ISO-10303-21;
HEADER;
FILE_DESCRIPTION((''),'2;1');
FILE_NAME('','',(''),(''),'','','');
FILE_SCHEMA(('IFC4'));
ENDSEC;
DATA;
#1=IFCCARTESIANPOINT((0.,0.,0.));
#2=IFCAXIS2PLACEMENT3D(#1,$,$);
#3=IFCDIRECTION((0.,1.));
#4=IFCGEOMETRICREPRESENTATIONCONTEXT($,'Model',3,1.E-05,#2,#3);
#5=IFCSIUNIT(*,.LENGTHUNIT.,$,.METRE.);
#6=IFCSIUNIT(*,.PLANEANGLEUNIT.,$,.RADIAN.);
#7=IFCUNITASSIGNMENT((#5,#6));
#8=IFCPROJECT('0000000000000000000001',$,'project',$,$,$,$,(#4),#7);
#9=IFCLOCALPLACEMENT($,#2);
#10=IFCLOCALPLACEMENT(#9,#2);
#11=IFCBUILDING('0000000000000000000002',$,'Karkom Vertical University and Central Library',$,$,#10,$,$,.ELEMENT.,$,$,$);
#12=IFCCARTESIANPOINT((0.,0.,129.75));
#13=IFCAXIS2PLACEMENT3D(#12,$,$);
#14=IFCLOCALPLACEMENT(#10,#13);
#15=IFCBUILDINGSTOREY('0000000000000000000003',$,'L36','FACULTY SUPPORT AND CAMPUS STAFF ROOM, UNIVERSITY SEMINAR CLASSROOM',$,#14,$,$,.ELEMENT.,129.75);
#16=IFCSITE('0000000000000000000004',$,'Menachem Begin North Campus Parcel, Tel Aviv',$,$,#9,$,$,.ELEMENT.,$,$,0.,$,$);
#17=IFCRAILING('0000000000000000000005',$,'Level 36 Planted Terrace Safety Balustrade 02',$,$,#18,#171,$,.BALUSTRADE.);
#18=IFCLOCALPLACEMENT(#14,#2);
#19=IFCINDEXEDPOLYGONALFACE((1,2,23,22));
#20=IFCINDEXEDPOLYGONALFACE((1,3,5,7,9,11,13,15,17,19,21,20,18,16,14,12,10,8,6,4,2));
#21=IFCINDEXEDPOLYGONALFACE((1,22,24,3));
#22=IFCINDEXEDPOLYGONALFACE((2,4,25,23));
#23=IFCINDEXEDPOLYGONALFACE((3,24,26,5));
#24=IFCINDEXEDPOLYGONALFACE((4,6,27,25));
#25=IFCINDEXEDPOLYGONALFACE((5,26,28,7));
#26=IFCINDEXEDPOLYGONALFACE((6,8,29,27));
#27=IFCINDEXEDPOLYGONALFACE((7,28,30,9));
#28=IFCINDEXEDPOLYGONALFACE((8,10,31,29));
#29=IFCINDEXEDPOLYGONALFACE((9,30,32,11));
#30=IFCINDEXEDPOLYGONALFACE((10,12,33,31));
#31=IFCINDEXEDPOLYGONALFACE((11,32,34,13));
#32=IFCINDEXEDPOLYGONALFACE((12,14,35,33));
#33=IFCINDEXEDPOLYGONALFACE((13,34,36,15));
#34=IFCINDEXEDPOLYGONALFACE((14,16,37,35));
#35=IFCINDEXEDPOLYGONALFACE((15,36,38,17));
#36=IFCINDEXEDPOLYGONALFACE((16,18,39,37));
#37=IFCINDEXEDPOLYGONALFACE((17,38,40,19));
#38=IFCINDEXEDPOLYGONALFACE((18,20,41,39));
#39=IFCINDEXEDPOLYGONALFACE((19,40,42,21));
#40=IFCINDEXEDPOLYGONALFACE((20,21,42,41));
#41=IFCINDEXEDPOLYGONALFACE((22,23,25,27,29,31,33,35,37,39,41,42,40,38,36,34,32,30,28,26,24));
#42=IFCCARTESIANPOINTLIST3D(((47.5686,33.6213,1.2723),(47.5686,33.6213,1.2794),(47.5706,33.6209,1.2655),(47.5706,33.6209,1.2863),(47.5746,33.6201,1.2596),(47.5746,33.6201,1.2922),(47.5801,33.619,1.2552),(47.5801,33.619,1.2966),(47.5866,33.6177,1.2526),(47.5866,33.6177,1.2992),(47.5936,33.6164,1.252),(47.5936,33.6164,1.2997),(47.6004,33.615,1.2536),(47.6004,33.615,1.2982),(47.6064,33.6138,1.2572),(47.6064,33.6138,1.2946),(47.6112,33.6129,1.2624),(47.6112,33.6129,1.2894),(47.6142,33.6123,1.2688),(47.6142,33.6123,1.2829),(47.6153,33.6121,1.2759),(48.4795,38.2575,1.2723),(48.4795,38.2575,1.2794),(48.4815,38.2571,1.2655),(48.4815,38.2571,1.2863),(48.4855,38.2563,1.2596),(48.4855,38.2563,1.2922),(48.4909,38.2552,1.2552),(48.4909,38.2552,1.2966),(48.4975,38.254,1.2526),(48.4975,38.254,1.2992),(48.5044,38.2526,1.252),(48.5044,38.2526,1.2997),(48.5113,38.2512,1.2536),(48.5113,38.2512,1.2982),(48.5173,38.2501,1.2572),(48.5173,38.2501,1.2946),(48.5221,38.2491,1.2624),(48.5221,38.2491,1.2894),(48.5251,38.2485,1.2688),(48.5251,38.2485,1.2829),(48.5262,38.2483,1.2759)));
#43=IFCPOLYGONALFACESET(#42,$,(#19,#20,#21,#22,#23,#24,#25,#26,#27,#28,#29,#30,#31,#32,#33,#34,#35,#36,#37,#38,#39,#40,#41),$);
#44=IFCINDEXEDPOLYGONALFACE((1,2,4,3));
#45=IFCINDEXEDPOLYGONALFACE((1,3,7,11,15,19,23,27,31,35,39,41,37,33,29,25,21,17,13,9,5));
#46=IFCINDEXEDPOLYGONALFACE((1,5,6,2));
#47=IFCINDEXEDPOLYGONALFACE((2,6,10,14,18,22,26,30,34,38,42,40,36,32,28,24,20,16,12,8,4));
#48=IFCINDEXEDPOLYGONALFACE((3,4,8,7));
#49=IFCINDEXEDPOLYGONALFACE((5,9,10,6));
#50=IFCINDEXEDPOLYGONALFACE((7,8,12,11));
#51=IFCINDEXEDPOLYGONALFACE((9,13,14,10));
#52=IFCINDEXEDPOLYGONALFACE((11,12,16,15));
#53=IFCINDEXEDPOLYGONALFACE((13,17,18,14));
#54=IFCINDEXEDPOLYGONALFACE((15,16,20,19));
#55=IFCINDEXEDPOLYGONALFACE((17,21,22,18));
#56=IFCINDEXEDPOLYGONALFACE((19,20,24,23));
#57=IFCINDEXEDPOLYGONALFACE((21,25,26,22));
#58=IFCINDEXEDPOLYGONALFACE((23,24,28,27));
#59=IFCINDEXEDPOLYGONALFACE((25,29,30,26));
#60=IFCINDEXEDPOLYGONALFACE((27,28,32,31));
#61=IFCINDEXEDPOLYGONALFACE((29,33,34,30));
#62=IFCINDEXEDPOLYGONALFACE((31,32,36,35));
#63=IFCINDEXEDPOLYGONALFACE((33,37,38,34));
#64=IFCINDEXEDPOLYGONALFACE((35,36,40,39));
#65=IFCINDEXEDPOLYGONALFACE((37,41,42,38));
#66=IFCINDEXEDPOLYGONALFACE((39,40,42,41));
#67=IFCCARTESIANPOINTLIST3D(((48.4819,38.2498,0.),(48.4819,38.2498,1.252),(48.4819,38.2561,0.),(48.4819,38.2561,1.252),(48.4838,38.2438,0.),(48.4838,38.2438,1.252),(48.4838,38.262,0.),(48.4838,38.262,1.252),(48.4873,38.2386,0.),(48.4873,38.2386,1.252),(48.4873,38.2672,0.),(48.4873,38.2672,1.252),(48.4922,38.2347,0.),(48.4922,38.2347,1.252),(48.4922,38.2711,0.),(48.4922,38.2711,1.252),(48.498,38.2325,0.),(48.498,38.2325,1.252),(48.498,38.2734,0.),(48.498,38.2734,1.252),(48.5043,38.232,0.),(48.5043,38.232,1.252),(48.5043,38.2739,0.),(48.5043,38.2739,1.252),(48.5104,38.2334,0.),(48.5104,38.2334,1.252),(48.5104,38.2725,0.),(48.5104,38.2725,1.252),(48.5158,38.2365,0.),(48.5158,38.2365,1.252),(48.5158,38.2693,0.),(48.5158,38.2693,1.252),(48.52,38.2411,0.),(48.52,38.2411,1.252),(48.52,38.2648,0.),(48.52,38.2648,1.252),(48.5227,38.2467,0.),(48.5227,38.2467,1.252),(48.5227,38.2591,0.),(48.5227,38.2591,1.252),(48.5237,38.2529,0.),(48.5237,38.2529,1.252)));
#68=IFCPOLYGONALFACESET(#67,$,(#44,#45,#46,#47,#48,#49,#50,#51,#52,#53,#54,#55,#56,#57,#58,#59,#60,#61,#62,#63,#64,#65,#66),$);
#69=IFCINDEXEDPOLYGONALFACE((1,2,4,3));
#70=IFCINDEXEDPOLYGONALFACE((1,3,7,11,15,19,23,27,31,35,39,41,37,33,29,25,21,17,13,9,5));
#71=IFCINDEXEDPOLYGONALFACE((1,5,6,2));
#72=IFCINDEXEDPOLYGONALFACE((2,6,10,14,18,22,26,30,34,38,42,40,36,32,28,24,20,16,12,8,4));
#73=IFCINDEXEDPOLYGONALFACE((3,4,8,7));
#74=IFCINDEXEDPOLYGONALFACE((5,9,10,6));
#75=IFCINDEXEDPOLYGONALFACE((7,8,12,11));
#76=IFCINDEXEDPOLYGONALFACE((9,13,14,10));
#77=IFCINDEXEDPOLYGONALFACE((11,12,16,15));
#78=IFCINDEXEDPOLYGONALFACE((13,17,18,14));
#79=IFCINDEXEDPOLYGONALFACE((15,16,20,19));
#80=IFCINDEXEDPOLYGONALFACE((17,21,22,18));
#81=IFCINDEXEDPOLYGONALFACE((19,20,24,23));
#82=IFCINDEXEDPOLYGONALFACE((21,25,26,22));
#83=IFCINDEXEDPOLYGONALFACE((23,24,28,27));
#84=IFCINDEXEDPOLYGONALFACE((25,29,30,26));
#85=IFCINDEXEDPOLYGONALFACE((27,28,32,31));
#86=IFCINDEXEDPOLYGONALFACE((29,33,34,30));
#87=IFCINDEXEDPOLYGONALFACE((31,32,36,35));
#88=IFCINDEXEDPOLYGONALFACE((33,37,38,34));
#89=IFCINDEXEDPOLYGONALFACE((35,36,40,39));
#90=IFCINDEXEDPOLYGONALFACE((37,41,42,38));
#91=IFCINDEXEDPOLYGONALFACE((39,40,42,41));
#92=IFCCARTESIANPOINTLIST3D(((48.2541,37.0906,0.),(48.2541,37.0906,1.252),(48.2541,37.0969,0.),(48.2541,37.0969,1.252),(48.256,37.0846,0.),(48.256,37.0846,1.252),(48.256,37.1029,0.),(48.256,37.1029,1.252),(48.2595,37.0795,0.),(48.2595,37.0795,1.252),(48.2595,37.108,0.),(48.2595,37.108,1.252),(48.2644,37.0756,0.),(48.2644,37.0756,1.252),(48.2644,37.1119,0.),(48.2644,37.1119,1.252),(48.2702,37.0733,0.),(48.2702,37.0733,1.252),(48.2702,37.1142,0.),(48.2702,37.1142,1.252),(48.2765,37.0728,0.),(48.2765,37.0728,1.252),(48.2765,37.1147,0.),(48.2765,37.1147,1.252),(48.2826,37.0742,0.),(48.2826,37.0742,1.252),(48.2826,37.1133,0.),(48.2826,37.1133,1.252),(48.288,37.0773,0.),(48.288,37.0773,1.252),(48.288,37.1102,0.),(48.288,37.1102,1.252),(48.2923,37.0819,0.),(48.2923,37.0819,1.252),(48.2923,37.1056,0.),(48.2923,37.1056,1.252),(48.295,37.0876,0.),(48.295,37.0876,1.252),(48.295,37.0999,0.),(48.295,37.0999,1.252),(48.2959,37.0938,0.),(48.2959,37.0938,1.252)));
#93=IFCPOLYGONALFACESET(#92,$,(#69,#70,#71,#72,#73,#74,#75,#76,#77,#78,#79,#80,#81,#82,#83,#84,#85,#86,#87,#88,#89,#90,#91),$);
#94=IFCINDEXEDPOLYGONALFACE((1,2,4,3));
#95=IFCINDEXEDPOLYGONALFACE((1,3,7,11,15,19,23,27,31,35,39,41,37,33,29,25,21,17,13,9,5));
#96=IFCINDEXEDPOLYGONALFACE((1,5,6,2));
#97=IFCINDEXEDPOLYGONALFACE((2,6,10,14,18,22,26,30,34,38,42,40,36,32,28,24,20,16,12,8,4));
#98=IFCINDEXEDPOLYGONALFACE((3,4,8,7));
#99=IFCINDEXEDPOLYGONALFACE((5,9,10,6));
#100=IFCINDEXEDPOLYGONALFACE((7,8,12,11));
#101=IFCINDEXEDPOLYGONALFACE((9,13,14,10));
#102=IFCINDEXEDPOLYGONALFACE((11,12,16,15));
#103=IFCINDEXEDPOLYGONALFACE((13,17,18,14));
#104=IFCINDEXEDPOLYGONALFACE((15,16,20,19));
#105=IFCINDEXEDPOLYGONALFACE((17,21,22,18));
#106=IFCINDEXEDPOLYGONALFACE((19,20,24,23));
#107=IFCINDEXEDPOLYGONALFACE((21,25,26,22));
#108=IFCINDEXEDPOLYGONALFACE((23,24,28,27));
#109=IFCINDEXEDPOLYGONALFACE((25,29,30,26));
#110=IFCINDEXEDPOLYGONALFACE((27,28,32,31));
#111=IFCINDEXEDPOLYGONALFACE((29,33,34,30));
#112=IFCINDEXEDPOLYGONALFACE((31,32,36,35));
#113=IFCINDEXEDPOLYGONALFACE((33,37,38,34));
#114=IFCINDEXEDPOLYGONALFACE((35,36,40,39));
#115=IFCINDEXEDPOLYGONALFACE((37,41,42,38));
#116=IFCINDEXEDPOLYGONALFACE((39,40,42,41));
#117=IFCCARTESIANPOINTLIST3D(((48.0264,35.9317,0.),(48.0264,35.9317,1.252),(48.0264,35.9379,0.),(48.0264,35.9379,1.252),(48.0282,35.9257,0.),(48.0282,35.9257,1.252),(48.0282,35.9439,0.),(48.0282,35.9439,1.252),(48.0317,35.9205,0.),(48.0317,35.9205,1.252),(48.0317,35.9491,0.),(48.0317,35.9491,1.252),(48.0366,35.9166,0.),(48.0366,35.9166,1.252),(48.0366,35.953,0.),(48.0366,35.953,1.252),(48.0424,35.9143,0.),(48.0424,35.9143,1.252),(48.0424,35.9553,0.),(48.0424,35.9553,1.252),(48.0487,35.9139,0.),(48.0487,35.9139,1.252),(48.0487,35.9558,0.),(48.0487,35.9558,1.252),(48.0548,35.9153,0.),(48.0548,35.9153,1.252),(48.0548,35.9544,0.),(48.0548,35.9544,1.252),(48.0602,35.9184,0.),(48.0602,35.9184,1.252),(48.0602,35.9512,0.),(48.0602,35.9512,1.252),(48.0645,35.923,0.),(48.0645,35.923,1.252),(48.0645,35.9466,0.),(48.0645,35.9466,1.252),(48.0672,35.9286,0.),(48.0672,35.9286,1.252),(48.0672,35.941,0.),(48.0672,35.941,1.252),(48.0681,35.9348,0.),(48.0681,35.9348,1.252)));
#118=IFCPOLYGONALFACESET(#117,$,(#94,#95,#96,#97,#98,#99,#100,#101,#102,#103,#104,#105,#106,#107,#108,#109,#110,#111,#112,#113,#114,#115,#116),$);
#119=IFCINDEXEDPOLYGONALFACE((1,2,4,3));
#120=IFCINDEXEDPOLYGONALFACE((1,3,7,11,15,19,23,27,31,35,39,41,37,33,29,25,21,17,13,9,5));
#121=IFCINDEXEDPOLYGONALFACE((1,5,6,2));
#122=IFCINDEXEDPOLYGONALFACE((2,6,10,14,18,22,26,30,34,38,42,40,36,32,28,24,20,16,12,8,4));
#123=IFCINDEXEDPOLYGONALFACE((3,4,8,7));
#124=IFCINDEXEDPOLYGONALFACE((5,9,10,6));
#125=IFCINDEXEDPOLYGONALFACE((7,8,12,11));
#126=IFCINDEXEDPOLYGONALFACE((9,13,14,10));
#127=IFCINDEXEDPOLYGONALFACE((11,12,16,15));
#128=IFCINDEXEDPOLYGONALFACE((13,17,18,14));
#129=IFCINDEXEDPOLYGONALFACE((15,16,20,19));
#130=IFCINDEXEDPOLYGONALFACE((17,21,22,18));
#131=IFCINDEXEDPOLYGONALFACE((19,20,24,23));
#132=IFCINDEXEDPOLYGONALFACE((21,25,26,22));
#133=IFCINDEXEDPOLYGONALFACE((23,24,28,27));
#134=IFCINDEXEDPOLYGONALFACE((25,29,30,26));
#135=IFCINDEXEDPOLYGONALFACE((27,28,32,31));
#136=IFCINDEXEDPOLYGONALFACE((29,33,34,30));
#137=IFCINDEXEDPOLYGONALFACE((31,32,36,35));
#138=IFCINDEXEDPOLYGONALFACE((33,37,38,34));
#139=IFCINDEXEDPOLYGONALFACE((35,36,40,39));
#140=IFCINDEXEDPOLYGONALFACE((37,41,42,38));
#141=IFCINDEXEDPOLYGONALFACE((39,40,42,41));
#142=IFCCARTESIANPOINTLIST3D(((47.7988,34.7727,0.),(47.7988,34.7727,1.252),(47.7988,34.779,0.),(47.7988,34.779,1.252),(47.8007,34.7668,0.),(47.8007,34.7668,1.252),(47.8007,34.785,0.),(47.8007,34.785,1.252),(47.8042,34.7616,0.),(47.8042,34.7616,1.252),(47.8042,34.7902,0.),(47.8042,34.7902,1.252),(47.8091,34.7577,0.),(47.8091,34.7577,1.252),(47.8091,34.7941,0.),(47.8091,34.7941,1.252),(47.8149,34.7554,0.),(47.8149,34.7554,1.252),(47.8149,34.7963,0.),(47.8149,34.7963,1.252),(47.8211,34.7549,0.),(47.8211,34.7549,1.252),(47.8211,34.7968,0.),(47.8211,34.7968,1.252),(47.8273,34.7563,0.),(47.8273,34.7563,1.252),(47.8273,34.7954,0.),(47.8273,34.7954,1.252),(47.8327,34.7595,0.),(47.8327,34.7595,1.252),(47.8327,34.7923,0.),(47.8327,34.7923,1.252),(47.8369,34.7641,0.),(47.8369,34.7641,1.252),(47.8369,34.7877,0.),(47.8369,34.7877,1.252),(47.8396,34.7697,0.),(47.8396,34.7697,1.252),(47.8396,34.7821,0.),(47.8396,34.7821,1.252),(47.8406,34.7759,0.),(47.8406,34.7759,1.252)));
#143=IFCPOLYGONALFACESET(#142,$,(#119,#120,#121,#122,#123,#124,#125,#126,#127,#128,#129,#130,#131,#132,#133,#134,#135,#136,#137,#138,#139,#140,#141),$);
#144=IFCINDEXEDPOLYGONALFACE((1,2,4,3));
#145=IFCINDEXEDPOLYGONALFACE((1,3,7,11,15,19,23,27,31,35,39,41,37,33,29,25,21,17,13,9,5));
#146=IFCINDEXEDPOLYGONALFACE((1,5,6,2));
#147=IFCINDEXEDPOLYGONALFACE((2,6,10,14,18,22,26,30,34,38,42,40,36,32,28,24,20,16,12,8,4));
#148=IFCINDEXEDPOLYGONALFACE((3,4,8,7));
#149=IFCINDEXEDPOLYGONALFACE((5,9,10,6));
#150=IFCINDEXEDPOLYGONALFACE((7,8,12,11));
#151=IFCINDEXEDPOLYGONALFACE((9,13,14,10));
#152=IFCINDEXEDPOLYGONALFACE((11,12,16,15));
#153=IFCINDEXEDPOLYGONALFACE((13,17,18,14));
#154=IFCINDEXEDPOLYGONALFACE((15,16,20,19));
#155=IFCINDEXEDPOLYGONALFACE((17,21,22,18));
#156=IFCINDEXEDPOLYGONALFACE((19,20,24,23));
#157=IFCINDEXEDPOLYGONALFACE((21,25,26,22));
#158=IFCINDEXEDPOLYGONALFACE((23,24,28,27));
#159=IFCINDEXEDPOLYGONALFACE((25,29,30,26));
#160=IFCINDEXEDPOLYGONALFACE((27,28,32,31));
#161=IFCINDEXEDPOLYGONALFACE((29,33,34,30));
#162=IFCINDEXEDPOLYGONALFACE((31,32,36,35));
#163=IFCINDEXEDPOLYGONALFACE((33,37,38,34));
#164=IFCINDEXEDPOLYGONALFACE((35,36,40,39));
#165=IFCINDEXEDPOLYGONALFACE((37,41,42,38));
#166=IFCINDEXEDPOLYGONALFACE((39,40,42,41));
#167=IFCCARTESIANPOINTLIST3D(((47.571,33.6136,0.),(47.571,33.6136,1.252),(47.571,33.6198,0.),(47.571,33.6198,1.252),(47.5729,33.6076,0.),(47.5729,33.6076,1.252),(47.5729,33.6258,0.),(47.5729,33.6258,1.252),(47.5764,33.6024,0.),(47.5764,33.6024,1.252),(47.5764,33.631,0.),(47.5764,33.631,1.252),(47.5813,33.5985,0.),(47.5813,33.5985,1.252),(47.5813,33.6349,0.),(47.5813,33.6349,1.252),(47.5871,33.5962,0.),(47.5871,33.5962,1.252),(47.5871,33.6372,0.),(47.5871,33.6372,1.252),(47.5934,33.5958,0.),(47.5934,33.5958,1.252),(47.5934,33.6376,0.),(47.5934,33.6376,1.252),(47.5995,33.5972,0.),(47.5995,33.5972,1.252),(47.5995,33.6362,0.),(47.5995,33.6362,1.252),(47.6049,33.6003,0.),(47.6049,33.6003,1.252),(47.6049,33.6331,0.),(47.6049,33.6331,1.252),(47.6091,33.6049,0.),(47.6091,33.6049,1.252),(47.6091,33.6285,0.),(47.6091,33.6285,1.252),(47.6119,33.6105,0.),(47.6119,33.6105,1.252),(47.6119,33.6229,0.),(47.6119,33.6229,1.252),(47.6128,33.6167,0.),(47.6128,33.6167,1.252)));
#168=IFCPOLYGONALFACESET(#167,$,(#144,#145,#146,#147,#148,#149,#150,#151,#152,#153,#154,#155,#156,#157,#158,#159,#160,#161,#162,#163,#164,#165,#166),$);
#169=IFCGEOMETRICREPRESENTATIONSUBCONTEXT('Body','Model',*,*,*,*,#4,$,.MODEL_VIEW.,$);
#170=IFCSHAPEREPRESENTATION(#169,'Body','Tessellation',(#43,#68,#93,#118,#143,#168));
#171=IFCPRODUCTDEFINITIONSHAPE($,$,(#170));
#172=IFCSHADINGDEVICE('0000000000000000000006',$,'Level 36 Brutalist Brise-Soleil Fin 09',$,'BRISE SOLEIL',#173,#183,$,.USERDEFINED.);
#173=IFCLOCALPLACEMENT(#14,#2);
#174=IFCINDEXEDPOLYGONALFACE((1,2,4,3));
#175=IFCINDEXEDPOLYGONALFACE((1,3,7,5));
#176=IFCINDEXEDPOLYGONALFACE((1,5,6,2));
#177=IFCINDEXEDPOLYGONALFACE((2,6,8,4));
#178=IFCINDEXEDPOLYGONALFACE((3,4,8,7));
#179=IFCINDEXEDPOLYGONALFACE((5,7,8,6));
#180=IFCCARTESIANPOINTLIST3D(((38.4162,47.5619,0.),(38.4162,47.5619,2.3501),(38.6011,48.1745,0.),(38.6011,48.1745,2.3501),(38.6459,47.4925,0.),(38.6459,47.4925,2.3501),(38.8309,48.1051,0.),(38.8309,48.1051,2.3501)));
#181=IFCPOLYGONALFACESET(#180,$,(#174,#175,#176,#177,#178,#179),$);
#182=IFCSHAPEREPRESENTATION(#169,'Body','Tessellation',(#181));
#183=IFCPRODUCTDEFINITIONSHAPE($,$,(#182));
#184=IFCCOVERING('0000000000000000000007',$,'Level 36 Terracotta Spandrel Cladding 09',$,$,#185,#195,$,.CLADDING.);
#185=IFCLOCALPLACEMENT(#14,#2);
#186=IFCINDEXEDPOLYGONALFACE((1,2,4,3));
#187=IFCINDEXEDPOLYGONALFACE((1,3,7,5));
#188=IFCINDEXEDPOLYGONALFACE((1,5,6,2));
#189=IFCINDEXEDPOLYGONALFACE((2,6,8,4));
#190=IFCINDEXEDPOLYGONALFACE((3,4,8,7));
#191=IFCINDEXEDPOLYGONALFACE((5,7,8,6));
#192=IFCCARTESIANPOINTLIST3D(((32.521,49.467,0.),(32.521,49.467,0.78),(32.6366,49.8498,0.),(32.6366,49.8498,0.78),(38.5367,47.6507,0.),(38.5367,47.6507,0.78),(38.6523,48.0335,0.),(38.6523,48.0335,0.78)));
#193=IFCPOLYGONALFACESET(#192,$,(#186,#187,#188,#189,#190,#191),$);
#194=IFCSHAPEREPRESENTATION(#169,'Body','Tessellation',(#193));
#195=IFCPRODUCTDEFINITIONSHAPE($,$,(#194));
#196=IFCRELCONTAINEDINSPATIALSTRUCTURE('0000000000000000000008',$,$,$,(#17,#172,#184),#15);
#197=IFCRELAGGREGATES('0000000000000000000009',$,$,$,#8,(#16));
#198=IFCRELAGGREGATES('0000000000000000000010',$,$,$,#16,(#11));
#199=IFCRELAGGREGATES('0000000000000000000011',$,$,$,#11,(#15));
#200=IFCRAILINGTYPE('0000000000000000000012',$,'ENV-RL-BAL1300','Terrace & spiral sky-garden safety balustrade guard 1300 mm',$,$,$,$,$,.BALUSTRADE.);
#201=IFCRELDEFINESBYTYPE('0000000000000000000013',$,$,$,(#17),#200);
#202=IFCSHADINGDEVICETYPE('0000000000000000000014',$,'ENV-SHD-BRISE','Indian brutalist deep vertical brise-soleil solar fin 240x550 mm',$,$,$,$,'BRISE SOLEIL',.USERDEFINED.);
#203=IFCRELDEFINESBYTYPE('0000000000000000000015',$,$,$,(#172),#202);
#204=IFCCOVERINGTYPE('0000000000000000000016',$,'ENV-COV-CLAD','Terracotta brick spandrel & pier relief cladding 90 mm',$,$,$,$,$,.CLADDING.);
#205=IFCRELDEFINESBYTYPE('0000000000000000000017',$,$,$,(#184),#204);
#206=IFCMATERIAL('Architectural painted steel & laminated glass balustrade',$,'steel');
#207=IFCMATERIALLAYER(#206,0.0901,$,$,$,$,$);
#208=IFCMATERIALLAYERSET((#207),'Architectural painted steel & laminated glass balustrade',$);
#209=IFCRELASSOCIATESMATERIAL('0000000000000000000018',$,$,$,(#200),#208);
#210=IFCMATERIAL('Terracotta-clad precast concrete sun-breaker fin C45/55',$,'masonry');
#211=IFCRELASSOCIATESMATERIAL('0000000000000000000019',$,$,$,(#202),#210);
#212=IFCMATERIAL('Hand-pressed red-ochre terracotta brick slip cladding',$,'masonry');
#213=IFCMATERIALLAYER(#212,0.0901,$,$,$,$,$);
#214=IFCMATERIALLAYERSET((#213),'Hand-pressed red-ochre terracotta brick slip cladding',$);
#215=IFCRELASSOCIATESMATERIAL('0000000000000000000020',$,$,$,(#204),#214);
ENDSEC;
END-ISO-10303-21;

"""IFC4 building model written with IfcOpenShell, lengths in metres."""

from ifc_helpers import new_model, si_unit, direction, frame, origin, origin_with_axes, origin_2d, place, context, subcontext, project, spatial, rectangle, circle, extrude, source, transform, mapped, material, layer, layer_set, type_object, element, save


model = new_model("IFC4")

# Units and contexts
model_context = context("Model", 3, precision=1e-05, world=origin(), true_north=direction((0.0, 1.0)))
body_context = subcontext(model_context, "Body", "Model", "MODEL_VIEW")
ifc_project = project(units=[si_unit("LENGTHUNIT", "METRE"), si_unit("PLANEANGLEUNIT", "RADIAN")], contexts=[model_context])

# Site, building, storey
site_placement = place(None, origin())
site = spatial("IfcSite", under=ifc_project, at=site_placement, Name="Menachem Begin North Campus Parcel, Tel Aviv", CompositionType="ELEMENT", RefElevation=0.0)
building_placement = place(site_placement, origin())
building = spatial("IfcBuilding", under=site, at=building_placement, Name="Karkom Vertical University and Central Library", CompositionType="ELEMENT")
storey_placement = place(building_placement, frame((0.0, 0.0, 129.75)))
storey = spatial("IfcBuildingStorey", under=building, at=storey_placement, Name="L36", Description="FACULTY SUPPORT AND CAMPUS STAFF ROOM, UNIVERSITY SEMINAR CLASSROOM", CompositionType="ELEMENT", Elevation=129.75)

# Railing
ifc_material_1 = material(Name="Architectural painted steel & laminated glass balustrade", Category="steel")
ifc_layer_1 = layer(ifc_material_1, 0.0901)
ifc_layer_set_1 = layer_set([ifc_layer_1], Name="Architectural painted steel & laminated glass balustrade")
railing_type = type_object("IfcRailingType", Name="ENV-RL-BAL1300", Description="Terrace & spiral sky-garden safety balustrade guard 1300 mm", PredefinedType="BALUSTRADE", material=ifc_layer_set_1)
railing_1_placement = place(storey_placement, frame((48.5027, 38.2529, 0.0)))
element("IfcRailing", 1, at=railing_1_placement, inside=storey, type_object=railing_type, Name="Level 36 Planted Terrace Safety Balustrade 02", PredefinedType="BALUSTRADE", context=body_context, shape_type="SweptSolid", body=[
    extrude(circle(Radius=0.0239, at=origin_2d()), frame((0.0, 0.0, 1.2759), z_axis=(-0.192786, -0.981241, 0.0), x_axis=(0.981241, -0.192786, 0.0)), (0.0, 0.0, 1.0), 4.7249),
    extrude(circle(Radius=0.021, at=origin_2d()), origin(), (0.0, 0.0, 1.0), 1.252),
    extrude(circle(Radius=0.021, at=origin_2d()), frame((-0.2278, -1.1592, 0.0)), (0.0, 0.0, 1.0), 1.252),
    extrude(circle(Radius=0.021, at=origin_2d()), frame((-0.4556, -2.3181, 0.0)), (0.0, 0.0, 1.0), 1.252),
    extrude(circle(Radius=0.021, at=origin_2d()), frame((-0.6831, -3.4771, 0.0)), (0.0, 0.0, 1.0), 1.252),
    extrude(circle(Radius=0.021, at=origin_2d()), frame((-0.9109, -4.6362, 0.0)), (0.0, 0.0, 1.0), 1.252),
])

# Shading device
ifc_material_2 = material(Name="Terracotta-clad precast concrete sun-breaker fin C45/55", Category="masonry")
shading_device_type = type_object("IfcShadingDeviceType", Name="ENV-SHD-BRISE", Description="Indian brutalist deep vertical brise-soleil solar fin 240x550 mm", ElementType="BRISE SOLEIL", PredefinedType="USERDEFINED", material=ifc_material_2)
shared_shape_1 = source(origin_with_axes(), body_context, "Body", "SweptSolid", [
    extrude(rectangle(XDim=0.24, YDim=0.6399, at=origin_2d()), origin(), (0.0, 0.0, 1.0), 2.3501),
])
shading_device_placement = place(storey_placement, frame((38.6235, 47.8335, 0.0), z_axis=(0.0, 0.0, 1.0), x_axis=(-0.957319, 0.289032, 0.0)))
element("IfcShadingDevice", 2, at=shading_device_placement, inside=storey, type_object=shading_device_type, Name="Level 36 Brutalist Brise-Soleil Fin 09", ObjectType="BRISE SOLEIL", PredefinedType="USERDEFINED", context=body_context, shape_type="MappedRepresentation", body=[
    mapped(shared_shape_1, transform((0.0, 0.0, 0.0), scale=1.0)),
])

# Covering
ifc_material_3 = material(Name="Hand-pressed red-ochre terracotta brick slip cladding", Category="masonry")
ifc_layer_2 = layer(ifc_material_3, 0.0901)
ifc_layer_set_2 = layer_set([ifc_layer_2], Name="Hand-pressed red-ochre terracotta brick slip cladding")
covering_type = type_object("IfcCoveringType", Name="ENV-COV-CLAD", Description="Terracotta brick spandrel & pier relief cladding 90 mm", PredefinedType="CLADDING", material=ifc_layer_set_2)
shared_shape_2 = source(origin_with_axes(), body_context, "Body", "SweptSolid", [
    extrude(rectangle(XDim=6.2839, YDim=0.3999, at=origin_2d()), origin(), (0.0, 0.0, 1.0), 0.78),
])
covering_placement = place(storey_placement, frame((35.5867, 48.7502, 0.0), z_axis=(0.0, 0.0, 1.0), x_axis=(-0.957319, 0.289032, 0.0)))
element("IfcCovering", 3, at=covering_placement, inside=storey, type_object=covering_type, Name="Level 36 Terracotta Spandrel Cladding 09", PredefinedType="CLADDING", context=body_context, shape_type="MappedRepresentation", body=[
    mapped(shared_shape_2, transform((0.0, 0.0, 0.0), scale=1.0)),
])

save(model, "model.ifc")
